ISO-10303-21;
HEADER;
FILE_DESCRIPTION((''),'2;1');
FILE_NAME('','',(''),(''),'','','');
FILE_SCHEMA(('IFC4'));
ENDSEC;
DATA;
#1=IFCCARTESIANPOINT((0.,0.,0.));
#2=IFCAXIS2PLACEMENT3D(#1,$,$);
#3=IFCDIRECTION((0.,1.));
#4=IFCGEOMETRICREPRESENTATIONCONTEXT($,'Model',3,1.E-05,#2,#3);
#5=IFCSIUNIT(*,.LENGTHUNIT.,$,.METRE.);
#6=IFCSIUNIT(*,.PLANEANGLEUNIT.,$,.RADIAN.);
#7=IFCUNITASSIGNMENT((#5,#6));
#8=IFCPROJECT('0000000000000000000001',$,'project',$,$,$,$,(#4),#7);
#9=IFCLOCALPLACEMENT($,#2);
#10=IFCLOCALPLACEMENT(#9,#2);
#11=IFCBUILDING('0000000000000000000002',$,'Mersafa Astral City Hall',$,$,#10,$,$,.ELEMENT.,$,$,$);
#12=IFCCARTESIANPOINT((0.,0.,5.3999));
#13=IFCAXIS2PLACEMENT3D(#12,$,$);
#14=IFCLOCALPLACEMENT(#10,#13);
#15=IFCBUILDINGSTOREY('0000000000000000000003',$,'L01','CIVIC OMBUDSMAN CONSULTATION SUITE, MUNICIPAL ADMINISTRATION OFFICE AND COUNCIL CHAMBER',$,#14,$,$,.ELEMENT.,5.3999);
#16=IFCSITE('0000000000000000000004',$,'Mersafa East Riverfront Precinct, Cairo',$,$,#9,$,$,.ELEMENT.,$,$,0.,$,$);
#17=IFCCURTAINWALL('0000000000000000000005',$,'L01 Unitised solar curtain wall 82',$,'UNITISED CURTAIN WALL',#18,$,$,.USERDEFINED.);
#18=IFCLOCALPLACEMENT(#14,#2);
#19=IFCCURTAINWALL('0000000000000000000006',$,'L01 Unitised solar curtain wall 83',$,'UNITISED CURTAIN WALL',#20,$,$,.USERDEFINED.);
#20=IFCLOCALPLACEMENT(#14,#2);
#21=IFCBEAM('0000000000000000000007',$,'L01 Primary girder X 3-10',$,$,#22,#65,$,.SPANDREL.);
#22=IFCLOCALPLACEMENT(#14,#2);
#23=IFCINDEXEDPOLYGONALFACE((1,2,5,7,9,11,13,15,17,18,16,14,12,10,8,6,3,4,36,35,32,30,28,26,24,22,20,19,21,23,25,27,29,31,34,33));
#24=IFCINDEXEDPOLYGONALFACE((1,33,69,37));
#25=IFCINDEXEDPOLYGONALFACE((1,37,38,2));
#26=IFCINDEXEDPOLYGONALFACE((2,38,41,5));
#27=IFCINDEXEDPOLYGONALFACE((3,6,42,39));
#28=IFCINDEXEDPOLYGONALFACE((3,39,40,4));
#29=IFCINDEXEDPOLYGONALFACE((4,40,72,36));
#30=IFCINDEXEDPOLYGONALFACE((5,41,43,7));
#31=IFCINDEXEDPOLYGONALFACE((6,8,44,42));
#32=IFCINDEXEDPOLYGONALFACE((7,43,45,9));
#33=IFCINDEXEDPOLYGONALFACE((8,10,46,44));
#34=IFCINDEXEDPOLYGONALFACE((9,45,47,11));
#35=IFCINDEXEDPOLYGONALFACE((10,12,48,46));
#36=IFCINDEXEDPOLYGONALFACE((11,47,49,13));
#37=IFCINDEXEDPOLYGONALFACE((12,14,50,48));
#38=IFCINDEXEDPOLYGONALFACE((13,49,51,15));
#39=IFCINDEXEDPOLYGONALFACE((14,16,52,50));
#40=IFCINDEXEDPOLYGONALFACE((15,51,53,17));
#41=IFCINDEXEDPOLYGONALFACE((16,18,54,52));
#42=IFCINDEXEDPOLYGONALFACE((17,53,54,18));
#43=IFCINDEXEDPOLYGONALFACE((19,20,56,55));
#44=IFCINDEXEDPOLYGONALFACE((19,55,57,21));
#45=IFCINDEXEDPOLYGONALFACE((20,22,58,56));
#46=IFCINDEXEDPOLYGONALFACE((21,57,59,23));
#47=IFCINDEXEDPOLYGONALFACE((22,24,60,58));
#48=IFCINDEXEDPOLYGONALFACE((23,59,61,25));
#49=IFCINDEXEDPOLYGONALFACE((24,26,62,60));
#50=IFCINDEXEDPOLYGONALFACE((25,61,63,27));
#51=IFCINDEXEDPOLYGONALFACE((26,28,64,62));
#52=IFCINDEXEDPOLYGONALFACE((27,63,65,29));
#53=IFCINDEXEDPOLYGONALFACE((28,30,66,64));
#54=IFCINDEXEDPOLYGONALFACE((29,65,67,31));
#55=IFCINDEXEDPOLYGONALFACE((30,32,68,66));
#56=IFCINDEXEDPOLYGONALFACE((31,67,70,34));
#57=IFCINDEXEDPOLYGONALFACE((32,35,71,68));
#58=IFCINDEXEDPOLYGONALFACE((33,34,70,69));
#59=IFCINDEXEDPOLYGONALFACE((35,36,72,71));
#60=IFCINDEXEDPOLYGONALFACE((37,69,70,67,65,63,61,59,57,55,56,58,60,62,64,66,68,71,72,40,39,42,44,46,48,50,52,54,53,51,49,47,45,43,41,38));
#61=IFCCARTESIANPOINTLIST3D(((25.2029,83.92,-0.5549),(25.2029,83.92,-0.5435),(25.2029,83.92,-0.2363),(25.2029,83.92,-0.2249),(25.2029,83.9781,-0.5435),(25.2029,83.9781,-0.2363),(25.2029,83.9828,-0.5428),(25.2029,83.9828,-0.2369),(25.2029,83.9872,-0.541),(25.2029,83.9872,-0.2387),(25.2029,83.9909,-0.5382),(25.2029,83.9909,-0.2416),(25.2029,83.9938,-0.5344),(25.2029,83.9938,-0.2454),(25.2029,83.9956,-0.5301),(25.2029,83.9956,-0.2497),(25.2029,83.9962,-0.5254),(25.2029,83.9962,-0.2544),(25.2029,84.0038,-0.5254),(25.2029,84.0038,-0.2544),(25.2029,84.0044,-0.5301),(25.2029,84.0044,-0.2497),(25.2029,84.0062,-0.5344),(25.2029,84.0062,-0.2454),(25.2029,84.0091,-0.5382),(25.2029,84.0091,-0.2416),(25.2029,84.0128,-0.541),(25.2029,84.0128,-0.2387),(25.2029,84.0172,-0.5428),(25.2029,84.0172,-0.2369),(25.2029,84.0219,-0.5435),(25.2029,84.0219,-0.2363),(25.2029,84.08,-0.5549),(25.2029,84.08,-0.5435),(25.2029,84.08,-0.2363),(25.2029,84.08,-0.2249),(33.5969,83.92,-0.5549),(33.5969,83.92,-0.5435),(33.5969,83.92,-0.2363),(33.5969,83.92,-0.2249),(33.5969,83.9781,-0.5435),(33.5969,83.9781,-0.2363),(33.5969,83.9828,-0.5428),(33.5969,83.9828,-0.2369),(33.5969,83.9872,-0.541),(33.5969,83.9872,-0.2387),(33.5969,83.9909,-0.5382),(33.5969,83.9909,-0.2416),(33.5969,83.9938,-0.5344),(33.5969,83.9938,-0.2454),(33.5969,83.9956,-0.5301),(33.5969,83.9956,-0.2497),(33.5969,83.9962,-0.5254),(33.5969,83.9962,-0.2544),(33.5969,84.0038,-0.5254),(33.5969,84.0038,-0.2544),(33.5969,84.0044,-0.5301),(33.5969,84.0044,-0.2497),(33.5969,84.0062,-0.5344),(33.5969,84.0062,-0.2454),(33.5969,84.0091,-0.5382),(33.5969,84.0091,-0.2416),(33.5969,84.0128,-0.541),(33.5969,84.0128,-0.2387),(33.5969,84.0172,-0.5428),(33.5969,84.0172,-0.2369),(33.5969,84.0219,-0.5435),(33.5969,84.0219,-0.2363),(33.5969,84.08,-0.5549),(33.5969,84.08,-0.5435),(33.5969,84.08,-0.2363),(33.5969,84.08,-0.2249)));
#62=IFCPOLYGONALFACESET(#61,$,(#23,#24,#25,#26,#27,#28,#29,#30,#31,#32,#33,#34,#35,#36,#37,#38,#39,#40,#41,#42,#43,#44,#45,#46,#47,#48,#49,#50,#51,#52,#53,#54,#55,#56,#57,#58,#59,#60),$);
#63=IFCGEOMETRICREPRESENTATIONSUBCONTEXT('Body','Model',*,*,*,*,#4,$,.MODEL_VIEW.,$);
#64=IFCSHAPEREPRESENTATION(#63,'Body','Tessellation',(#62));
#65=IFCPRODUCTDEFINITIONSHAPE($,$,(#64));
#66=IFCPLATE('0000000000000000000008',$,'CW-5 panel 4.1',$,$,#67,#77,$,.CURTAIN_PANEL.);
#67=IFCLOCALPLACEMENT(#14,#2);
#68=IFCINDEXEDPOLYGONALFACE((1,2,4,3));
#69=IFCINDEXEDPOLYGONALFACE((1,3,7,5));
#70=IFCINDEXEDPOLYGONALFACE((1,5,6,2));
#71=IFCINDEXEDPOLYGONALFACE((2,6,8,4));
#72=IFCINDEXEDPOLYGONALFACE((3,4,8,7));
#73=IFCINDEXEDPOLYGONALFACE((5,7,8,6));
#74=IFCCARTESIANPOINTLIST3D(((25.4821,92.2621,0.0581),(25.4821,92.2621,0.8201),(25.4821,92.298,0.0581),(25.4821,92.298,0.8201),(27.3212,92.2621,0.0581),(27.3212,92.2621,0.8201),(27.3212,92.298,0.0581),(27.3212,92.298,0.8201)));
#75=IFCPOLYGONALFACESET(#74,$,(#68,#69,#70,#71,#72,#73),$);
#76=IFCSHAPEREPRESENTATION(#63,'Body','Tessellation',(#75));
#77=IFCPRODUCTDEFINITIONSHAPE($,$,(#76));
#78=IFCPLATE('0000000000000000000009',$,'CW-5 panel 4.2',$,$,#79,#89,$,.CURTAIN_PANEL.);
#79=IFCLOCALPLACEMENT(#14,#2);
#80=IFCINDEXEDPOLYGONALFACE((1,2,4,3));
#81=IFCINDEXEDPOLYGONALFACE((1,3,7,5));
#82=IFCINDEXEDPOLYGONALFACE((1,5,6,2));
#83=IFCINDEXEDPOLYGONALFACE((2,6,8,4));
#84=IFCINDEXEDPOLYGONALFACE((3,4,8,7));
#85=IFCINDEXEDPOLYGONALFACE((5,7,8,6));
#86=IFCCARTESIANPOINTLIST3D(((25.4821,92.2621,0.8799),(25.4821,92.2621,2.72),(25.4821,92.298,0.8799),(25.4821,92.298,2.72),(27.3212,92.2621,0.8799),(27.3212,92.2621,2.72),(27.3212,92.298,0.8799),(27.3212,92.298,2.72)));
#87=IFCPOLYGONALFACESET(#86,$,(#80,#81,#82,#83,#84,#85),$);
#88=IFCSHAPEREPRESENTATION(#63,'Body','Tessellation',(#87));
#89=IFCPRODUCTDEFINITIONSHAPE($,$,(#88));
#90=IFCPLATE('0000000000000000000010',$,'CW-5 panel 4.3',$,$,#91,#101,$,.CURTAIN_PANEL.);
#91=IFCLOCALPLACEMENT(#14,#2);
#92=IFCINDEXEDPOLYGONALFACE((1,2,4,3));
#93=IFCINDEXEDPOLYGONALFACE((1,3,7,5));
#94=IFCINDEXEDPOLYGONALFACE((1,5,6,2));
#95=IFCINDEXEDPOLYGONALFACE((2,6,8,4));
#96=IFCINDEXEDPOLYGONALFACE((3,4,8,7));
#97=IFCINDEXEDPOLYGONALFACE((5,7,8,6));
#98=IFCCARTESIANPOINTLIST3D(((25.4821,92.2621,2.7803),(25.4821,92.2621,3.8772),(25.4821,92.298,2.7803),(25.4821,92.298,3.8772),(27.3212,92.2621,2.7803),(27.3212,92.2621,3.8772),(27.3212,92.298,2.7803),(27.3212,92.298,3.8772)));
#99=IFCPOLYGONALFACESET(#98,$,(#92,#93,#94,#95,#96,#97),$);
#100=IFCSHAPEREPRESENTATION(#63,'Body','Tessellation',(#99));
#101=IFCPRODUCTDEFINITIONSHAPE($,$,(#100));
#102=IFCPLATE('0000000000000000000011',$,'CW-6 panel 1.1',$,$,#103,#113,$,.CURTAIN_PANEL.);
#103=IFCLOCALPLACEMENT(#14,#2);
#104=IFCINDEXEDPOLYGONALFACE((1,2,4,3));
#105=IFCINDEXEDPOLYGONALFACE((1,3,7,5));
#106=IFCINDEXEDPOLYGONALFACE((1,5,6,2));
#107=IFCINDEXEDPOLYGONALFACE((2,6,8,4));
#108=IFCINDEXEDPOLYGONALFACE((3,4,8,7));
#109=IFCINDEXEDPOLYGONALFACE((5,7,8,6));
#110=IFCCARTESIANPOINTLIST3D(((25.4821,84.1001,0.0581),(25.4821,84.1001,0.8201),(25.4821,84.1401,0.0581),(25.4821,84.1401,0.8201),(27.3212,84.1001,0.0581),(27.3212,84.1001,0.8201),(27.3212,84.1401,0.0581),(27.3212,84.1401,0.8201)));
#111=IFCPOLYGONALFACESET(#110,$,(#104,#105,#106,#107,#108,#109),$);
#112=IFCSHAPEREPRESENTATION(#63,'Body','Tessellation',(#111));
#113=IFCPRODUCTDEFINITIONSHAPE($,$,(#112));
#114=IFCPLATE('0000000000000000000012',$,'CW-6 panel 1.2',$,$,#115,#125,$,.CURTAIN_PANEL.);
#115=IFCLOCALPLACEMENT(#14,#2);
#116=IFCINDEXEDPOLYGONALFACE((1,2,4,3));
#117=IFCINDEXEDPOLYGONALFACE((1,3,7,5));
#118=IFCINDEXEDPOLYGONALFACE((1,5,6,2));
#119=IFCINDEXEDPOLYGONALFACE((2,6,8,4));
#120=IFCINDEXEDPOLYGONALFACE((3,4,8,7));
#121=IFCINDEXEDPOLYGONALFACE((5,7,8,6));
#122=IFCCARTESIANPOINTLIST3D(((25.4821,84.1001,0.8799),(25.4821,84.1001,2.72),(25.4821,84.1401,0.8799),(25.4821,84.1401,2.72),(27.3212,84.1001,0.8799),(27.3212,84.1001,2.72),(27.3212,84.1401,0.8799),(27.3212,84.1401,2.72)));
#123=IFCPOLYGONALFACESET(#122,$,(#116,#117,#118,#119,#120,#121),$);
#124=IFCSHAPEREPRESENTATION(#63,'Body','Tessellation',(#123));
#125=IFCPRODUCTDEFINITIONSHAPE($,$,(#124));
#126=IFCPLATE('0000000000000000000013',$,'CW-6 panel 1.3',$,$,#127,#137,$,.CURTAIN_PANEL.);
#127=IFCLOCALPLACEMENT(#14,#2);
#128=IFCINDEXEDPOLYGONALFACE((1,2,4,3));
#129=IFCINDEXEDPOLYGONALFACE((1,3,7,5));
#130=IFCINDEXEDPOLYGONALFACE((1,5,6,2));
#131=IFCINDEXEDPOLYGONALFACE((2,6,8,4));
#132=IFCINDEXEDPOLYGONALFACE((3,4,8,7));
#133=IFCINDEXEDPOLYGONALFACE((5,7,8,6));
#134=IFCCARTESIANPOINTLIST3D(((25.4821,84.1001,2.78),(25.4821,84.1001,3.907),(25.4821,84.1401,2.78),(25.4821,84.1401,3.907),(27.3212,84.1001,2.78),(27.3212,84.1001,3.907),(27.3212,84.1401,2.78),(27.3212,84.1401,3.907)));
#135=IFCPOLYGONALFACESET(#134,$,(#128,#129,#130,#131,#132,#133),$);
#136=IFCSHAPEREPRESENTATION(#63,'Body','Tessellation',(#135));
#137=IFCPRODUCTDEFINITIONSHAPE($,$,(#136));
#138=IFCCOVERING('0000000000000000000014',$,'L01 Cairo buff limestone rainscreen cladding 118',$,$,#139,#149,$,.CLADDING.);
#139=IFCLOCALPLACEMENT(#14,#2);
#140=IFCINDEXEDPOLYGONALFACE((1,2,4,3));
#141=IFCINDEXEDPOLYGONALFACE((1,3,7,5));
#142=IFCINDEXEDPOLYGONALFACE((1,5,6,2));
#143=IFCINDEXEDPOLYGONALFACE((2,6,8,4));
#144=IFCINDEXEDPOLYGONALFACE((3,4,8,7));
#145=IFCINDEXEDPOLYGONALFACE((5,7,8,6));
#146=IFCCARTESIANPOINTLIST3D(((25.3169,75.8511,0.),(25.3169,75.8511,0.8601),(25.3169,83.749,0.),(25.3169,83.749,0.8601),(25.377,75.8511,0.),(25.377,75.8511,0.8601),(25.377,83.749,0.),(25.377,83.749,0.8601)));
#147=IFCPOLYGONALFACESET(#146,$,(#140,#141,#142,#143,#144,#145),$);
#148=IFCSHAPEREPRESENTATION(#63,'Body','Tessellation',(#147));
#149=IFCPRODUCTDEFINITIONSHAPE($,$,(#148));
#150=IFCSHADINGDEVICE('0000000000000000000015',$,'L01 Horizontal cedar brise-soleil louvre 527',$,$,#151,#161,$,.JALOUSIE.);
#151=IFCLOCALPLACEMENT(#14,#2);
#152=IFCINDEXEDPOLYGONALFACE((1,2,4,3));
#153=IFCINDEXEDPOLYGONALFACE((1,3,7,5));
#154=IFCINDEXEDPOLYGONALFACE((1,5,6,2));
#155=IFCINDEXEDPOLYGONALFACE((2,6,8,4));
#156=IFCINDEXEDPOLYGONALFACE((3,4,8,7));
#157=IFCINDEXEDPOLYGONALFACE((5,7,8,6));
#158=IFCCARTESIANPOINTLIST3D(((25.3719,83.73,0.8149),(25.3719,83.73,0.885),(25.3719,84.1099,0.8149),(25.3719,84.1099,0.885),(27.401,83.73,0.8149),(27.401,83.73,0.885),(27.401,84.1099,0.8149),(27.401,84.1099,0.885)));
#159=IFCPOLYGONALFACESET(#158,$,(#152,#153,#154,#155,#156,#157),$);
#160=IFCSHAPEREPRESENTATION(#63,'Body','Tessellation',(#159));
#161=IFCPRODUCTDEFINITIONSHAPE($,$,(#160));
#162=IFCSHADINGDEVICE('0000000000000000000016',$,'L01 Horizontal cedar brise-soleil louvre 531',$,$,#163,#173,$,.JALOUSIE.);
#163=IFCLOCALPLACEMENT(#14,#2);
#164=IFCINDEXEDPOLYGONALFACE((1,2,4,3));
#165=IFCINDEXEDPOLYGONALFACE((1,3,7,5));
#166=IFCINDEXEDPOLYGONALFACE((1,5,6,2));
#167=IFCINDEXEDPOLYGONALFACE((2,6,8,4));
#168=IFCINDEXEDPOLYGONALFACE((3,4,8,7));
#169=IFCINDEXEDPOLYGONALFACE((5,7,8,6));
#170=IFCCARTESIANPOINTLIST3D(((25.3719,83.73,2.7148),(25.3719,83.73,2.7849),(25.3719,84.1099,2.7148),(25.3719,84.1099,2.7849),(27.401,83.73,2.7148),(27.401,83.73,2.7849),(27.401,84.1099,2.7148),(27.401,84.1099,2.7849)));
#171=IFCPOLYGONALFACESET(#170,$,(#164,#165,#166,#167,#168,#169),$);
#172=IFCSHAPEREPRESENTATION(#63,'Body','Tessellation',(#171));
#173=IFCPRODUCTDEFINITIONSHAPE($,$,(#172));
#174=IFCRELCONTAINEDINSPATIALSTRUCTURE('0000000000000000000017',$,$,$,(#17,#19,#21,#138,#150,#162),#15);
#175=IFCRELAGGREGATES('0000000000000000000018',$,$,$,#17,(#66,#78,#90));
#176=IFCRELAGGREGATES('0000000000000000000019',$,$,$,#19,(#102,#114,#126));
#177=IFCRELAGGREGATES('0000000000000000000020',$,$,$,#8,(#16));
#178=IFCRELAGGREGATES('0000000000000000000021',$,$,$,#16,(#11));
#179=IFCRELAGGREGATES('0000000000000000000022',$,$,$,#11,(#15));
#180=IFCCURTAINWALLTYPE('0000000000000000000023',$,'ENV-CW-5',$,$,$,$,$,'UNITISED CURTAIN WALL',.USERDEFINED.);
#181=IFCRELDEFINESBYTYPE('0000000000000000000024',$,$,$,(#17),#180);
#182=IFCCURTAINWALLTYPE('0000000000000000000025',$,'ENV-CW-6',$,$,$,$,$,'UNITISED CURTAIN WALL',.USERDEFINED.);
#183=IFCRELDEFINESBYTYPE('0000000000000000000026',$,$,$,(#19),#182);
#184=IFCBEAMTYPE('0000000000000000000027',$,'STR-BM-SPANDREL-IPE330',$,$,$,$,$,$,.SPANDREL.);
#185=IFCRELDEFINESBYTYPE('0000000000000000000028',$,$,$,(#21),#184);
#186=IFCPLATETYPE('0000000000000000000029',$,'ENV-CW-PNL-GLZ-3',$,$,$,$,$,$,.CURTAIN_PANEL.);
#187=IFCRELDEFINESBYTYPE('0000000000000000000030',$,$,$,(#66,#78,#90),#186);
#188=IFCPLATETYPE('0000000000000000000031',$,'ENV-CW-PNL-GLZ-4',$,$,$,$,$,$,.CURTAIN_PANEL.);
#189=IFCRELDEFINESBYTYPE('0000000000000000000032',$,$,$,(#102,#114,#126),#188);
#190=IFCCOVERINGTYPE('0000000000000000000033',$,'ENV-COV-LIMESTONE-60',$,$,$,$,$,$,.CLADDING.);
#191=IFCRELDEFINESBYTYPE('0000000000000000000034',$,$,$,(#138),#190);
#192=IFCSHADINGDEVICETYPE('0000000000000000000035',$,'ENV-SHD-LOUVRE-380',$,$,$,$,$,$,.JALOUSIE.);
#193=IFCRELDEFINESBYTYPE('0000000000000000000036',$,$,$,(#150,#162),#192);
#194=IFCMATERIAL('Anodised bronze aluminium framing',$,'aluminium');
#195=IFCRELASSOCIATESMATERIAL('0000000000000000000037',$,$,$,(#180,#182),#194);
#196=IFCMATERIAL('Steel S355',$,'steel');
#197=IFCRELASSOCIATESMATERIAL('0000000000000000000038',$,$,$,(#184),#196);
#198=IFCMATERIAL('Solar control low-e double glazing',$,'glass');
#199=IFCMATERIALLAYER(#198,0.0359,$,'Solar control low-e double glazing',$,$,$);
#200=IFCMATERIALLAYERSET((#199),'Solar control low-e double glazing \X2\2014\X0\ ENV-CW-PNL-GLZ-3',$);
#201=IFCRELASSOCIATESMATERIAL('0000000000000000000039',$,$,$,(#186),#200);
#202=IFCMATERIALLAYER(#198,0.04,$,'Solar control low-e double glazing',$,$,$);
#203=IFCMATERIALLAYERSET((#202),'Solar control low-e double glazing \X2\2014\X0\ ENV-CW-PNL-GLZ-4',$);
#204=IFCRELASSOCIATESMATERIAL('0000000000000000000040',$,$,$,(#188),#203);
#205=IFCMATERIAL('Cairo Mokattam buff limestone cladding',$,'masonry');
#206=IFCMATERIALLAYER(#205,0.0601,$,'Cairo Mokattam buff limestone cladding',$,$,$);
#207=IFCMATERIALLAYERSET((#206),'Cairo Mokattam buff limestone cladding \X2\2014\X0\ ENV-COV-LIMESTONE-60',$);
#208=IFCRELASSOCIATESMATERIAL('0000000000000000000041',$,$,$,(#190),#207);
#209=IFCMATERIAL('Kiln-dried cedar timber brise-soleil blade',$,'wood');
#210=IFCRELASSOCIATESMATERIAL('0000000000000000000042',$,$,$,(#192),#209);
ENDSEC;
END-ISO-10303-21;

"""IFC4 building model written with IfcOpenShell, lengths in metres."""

from ifc_helpers import new_model, si_unit, direction, frame, origin, origin_2d, place, context, subcontext, project, spatial, rectangle, i_section, extrude, material, layer, layer_set, material_profile, profile_set, type_object, element, aggregate, save


model = new_model("IFC4")

# Units and contexts
model_context = context("Model", 3, precision=1e-05, world=origin(), true_north=direction((0.0, 1.0)))
body_context = subcontext(model_context, "Body", "Model", "MODEL_VIEW")
ifc_project = project(units=[si_unit("LENGTHUNIT", "METRE"), si_unit("PLANEANGLEUNIT", "RADIAN")], contexts=[model_context])

# Site, building, storey
site_placement = place(None, origin())
site = spatial("IfcSite", under=ifc_project, at=site_placement, Name="Mersafa East Riverfront Precinct, Cairo", CompositionType="ELEMENT", RefElevation=0.0)
building_placement = place(site_placement, origin())
building = spatial("IfcBuilding", under=site, at=building_placement, Name="Mersafa Astral City Hall", CompositionType="ELEMENT")
storey_placement = place(building_placement, frame((0.0, 0.0, 5.3999)))
storey = spatial("IfcBuildingStorey", under=building, at=storey_placement, Name="L01", Description="CIVIC OMBUDSMAN CONSULTATION SUITE, MUNICIPAL ADMINISTRATION OFFICE AND COUNCIL CHAMBER", CompositionType="ELEMENT", Elevation=5.3999)

# Shared definitions
ifc_material_1 = material(Name="Steel S355", Category="steel")

# Curtain walls
ifc_material_2 = material(Name="Anodised bronze aluminium framing", Category="aluminium")
curtain_wall_type_1 = type_object("IfcCurtainWallType", Name="ENV-CW-5", ElementType="UNITISED CURTAIN WALL", PredefinedType="USERDEFINED", material=ifc_material_2)
curtain_wall_1_placement = place(storey_placement, origin())
curtain_wall_1 = element("IfcCurtainWall", 1, at=curtain_wall_1_placement, inside=storey, type_object=curtain_wall_type_1, Name="L01 Unitised solar curtain wall 82", ObjectType="UNITISED CURTAIN WALL", PredefinedType="USERDEFINED")
curtain_wall_type_2 = type_object("IfcCurtainWallType", Name="ENV-CW-6", ElementType="UNITISED CURTAIN WALL", PredefinedType="USERDEFINED", material=ifc_material_2)
curtain_wall_2_placement = place(storey_placement, origin())
curtain_wall_2 = element("IfcCurtainWall", 2, at=curtain_wall_2_placement, inside=storey, type_object=curtain_wall_type_2, Name="L01 Unitised solar curtain wall 83", ObjectType="UNITISED CURTAIN WALL", PredefinedType="USERDEFINED")

# Beam
ifc_material_profile_1 = material_profile(ifc_material_1, i_section(OverallWidth=0.1599, OverallDepth=0.3301, WebThickness=0.0076, FlangeThickness=0.0115, FilletRadius=0.0181, at=origin_2d()), Name="IPE 330")
ifc_profile_set_1 = profile_set([ifc_material_profile_1], Name="Steel S355")
beam_type_1 = type_object("IfcBeamType", Name="STR-BM-SPANDREL-IPE330", PredefinedType="SPANDREL", material=ifc_profile_set_1)
beam_1_placement = place(storey_placement, frame((25.2029, 84.0, -0.3899), z_axis=(1.0, 0.0, 0.0), x_axis=(0.0, 1.0, 0.0)))
element("IfcBeam", 3, at=beam_1_placement, inside=storey, type_object=beam_type_1, Name="L01 Primary girder X 3-10", PredefinedType="SPANDREL", context=body_context, shape_type="SweptSolid", body=[
    extrude(i_section(OverallWidth=0.1599, OverallDepth=0.3301, WebThickness=0.0076, FlangeThickness=0.0115, FilletRadius=0.0181, at=origin_2d()), origin(), (0.0, 0.0, 1.0), 8.394),
])

# Plates
ifc_material_3 = material(Name="Solar control low-e double glazing", Category="glass")
ifc_layer_1 = layer(ifc_material_3, 0.0359, Name="Solar control low-e double glazing")
ifc_layer_set_1 = layer_set([ifc_layer_1], Name="Solar control low-e double glazing — ENV-CW-PNL-GLZ-3")
plate_type_1 = type_object("IfcPlateType", Name="ENV-CW-PNL-GLZ-3", PredefinedType="CURTAIN_PANEL", material=ifc_layer_set_1)
plate_1_placement = place(storey_placement, frame((26.4016, 92.28, 0.0581), z_axis=(0.0, 0.0, 1.0), x_axis=(-1.0, 0.0, 0.0)))
plate_1 = element("IfcPlate", 4, at=plate_1_placement, type_object=plate_type_1, Name="CW-5 panel 4.1", PredefinedType="CURTAIN_PANEL", context=body_context, shape_type="SweptSolid", body=[
    extrude(rectangle(XDim=1.8391, YDim=0.0359, at=origin_2d()), origin(), (0.0, 0.0, 1.0), 0.762),
])
plate_2_placement = place(storey_placement, frame((26.4016, 92.28, 0.8799), z_axis=(0.0, 0.0, 1.0), x_axis=(-1.0, 0.0, 0.0)))
plate_2 = element("IfcPlate", 5, at=plate_2_placement, type_object=plate_type_1, Name="CW-5 panel 4.2", PredefinedType="CURTAIN_PANEL", context=body_context, shape_type="SweptSolid", body=[
    extrude(rectangle(XDim=1.8391, YDim=0.0359, at=origin_2d()), origin(), (0.0, 0.0, 1.0), 1.8401),
])
plate_3_placement = place(storey_placement, frame((26.4016, 92.28, 2.7803), z_axis=(0.0, 0.0, 1.0), x_axis=(-1.0, 0.0, 0.0)))
plate_3 = element("IfcPlate", 6, at=plate_3_placement, type_object=plate_type_1, Name="CW-5 panel 4.3", PredefinedType="CURTAIN_PANEL", context=body_context, shape_type="SweptSolid", body=[
    extrude(rectangle(XDim=1.8391, YDim=0.0359, at=origin_2d()), origin(), (0.0, 0.0, 1.0), 1.0969),
])
aggregate(curtain_wall_1, [plate_1, plate_2, plate_3])
ifc_layer_2 = layer(ifc_material_3, 0.04, Name="Solar control low-e double glazing")
ifc_layer_set_2 = layer_set([ifc_layer_2], Name="Solar control low-e double glazing — ENV-CW-PNL-GLZ-4")
plate_type_2 = type_object("IfcPlateType", Name="ENV-CW-PNL-GLZ-4", PredefinedType="CURTAIN_PANEL", material=ifc_layer_set_2)
plate_4_placement = place(storey_placement, frame((26.4016, 84.1201, 0.0581), z_axis=(0.0, 0.0, 1.0), x_axis=(1.0, 0.0, 0.0)))
plate_4 = element("IfcPlate", 7, at=plate_4_placement, type_object=plate_type_2, Name="CW-6 panel 1.1", PredefinedType="CURTAIN_PANEL", context=body_context, shape_type="SweptSolid", body=[
    extrude(rectangle(XDim=1.8391, YDim=0.04, at=origin_2d()), origin(), (0.0, 0.0, 1.0), 0.762),
])
plate_5_placement = place(storey_placement, frame((26.4016, 84.1201, 0.8799), z_axis=(0.0, 0.0, 1.0), x_axis=(1.0, 0.0, 0.0)))
plate_5 = element("IfcPlate", 8, at=plate_5_placement, type_object=plate_type_2, Name="CW-6 panel 1.2", PredefinedType="CURTAIN_PANEL", context=body_context, shape_type="SweptSolid", body=[
    extrude(rectangle(XDim=1.8391, YDim=0.04, at=origin_2d()), origin(), (0.0, 0.0, 1.0), 1.8401),
])
plate_6_placement = place(storey_placement, frame((26.4016, 84.1201, 2.78), z_axis=(0.0, 0.0, 1.0), x_axis=(1.0, 0.0, 0.0)))
plate_6 = element("IfcPlate", 9, at=plate_6_placement, type_object=plate_type_2, Name="CW-6 panel 1.3", PredefinedType="CURTAIN_PANEL", context=body_context, shape_type="SweptSolid", body=[
    extrude(rectangle(XDim=1.8391, YDim=0.04, at=origin_2d()), origin(), (0.0, 0.0, 1.0), 1.127),
])
aggregate(curtain_wall_2, [plate_4, plate_5, plate_6])

# Covering
ifc_material_4 = material(Name="Cairo Mokattam buff limestone cladding", Category="masonry")
ifc_layer_3 = layer(ifc_material_4, 0.0601, Name="Cairo Mokattam buff limestone cladding")
ifc_layer_set_3 = layer_set([ifc_layer_3], Name="Cairo Mokattam buff limestone cladding — ENV-COV-LIMESTONE-60")
covering_type = type_object("IfcCoveringType", Name="ENV-COV-LIMESTONE-60", PredefinedType="CLADDING", material=ifc_layer_set_3)
covering_placement = place(storey_placement, frame((25.3469, 79.8, 0.0), z_axis=(0.0, 0.0, 1.0), x_axis=(0.0, 1.0, 0.0)))
element("IfcCovering", 10, at=covering_placement, inside=storey, type_object=covering_type, Name="L01 Cairo buff limestone rainscreen cladding 118", PredefinedType="CLADDING", context=body_context, shape_type="SweptSolid", body=[
    extrude(rectangle(XDim=7.8979, YDim=0.0601, at=origin_2d()), origin(), (0.0, 0.0, 1.0), 0.8601),
])

# Shading devices
ifc_material_5 = material(Name="Kiln-dried cedar timber brise-soleil blade", Category="wood")
shading_device_type = type_object("IfcShadingDeviceType", Name="ENV-SHD-LOUVRE-380", PredefinedType="JALOUSIE", material=ifc_material_5)
for number, where, z_axis, x_axis, name in (
    (11, (26.3865, 83.9199, 0.8149), (0.0, 0.0, 1.0), (1.0, 0.0, 0.0), "L01 Horizontal cedar brise-soleil louvre 527"),
    (12, (26.3865, 83.9199, 2.7148), (0.0, 0.0, 1.0), (1.0, 0.0, 0.0), "L01 Horizontal cedar brise-soleil louvre 531"),
):
    element("IfcShadingDevice", number, at=place(storey_placement, frame(where, z_axis=z_axis, x_axis=x_axis)), inside=storey, type_object=shading_device_type, Name=name, PredefinedType="JALOUSIE", context=body_context, shape_type="SweptSolid", body=[
        extrude(rectangle(XDim=2.0291, YDim=0.3799, at=origin_2d()), origin(), (0.0, 0.0, 1.0), 0.0701),
    ])

save(model, "model.ifc")
